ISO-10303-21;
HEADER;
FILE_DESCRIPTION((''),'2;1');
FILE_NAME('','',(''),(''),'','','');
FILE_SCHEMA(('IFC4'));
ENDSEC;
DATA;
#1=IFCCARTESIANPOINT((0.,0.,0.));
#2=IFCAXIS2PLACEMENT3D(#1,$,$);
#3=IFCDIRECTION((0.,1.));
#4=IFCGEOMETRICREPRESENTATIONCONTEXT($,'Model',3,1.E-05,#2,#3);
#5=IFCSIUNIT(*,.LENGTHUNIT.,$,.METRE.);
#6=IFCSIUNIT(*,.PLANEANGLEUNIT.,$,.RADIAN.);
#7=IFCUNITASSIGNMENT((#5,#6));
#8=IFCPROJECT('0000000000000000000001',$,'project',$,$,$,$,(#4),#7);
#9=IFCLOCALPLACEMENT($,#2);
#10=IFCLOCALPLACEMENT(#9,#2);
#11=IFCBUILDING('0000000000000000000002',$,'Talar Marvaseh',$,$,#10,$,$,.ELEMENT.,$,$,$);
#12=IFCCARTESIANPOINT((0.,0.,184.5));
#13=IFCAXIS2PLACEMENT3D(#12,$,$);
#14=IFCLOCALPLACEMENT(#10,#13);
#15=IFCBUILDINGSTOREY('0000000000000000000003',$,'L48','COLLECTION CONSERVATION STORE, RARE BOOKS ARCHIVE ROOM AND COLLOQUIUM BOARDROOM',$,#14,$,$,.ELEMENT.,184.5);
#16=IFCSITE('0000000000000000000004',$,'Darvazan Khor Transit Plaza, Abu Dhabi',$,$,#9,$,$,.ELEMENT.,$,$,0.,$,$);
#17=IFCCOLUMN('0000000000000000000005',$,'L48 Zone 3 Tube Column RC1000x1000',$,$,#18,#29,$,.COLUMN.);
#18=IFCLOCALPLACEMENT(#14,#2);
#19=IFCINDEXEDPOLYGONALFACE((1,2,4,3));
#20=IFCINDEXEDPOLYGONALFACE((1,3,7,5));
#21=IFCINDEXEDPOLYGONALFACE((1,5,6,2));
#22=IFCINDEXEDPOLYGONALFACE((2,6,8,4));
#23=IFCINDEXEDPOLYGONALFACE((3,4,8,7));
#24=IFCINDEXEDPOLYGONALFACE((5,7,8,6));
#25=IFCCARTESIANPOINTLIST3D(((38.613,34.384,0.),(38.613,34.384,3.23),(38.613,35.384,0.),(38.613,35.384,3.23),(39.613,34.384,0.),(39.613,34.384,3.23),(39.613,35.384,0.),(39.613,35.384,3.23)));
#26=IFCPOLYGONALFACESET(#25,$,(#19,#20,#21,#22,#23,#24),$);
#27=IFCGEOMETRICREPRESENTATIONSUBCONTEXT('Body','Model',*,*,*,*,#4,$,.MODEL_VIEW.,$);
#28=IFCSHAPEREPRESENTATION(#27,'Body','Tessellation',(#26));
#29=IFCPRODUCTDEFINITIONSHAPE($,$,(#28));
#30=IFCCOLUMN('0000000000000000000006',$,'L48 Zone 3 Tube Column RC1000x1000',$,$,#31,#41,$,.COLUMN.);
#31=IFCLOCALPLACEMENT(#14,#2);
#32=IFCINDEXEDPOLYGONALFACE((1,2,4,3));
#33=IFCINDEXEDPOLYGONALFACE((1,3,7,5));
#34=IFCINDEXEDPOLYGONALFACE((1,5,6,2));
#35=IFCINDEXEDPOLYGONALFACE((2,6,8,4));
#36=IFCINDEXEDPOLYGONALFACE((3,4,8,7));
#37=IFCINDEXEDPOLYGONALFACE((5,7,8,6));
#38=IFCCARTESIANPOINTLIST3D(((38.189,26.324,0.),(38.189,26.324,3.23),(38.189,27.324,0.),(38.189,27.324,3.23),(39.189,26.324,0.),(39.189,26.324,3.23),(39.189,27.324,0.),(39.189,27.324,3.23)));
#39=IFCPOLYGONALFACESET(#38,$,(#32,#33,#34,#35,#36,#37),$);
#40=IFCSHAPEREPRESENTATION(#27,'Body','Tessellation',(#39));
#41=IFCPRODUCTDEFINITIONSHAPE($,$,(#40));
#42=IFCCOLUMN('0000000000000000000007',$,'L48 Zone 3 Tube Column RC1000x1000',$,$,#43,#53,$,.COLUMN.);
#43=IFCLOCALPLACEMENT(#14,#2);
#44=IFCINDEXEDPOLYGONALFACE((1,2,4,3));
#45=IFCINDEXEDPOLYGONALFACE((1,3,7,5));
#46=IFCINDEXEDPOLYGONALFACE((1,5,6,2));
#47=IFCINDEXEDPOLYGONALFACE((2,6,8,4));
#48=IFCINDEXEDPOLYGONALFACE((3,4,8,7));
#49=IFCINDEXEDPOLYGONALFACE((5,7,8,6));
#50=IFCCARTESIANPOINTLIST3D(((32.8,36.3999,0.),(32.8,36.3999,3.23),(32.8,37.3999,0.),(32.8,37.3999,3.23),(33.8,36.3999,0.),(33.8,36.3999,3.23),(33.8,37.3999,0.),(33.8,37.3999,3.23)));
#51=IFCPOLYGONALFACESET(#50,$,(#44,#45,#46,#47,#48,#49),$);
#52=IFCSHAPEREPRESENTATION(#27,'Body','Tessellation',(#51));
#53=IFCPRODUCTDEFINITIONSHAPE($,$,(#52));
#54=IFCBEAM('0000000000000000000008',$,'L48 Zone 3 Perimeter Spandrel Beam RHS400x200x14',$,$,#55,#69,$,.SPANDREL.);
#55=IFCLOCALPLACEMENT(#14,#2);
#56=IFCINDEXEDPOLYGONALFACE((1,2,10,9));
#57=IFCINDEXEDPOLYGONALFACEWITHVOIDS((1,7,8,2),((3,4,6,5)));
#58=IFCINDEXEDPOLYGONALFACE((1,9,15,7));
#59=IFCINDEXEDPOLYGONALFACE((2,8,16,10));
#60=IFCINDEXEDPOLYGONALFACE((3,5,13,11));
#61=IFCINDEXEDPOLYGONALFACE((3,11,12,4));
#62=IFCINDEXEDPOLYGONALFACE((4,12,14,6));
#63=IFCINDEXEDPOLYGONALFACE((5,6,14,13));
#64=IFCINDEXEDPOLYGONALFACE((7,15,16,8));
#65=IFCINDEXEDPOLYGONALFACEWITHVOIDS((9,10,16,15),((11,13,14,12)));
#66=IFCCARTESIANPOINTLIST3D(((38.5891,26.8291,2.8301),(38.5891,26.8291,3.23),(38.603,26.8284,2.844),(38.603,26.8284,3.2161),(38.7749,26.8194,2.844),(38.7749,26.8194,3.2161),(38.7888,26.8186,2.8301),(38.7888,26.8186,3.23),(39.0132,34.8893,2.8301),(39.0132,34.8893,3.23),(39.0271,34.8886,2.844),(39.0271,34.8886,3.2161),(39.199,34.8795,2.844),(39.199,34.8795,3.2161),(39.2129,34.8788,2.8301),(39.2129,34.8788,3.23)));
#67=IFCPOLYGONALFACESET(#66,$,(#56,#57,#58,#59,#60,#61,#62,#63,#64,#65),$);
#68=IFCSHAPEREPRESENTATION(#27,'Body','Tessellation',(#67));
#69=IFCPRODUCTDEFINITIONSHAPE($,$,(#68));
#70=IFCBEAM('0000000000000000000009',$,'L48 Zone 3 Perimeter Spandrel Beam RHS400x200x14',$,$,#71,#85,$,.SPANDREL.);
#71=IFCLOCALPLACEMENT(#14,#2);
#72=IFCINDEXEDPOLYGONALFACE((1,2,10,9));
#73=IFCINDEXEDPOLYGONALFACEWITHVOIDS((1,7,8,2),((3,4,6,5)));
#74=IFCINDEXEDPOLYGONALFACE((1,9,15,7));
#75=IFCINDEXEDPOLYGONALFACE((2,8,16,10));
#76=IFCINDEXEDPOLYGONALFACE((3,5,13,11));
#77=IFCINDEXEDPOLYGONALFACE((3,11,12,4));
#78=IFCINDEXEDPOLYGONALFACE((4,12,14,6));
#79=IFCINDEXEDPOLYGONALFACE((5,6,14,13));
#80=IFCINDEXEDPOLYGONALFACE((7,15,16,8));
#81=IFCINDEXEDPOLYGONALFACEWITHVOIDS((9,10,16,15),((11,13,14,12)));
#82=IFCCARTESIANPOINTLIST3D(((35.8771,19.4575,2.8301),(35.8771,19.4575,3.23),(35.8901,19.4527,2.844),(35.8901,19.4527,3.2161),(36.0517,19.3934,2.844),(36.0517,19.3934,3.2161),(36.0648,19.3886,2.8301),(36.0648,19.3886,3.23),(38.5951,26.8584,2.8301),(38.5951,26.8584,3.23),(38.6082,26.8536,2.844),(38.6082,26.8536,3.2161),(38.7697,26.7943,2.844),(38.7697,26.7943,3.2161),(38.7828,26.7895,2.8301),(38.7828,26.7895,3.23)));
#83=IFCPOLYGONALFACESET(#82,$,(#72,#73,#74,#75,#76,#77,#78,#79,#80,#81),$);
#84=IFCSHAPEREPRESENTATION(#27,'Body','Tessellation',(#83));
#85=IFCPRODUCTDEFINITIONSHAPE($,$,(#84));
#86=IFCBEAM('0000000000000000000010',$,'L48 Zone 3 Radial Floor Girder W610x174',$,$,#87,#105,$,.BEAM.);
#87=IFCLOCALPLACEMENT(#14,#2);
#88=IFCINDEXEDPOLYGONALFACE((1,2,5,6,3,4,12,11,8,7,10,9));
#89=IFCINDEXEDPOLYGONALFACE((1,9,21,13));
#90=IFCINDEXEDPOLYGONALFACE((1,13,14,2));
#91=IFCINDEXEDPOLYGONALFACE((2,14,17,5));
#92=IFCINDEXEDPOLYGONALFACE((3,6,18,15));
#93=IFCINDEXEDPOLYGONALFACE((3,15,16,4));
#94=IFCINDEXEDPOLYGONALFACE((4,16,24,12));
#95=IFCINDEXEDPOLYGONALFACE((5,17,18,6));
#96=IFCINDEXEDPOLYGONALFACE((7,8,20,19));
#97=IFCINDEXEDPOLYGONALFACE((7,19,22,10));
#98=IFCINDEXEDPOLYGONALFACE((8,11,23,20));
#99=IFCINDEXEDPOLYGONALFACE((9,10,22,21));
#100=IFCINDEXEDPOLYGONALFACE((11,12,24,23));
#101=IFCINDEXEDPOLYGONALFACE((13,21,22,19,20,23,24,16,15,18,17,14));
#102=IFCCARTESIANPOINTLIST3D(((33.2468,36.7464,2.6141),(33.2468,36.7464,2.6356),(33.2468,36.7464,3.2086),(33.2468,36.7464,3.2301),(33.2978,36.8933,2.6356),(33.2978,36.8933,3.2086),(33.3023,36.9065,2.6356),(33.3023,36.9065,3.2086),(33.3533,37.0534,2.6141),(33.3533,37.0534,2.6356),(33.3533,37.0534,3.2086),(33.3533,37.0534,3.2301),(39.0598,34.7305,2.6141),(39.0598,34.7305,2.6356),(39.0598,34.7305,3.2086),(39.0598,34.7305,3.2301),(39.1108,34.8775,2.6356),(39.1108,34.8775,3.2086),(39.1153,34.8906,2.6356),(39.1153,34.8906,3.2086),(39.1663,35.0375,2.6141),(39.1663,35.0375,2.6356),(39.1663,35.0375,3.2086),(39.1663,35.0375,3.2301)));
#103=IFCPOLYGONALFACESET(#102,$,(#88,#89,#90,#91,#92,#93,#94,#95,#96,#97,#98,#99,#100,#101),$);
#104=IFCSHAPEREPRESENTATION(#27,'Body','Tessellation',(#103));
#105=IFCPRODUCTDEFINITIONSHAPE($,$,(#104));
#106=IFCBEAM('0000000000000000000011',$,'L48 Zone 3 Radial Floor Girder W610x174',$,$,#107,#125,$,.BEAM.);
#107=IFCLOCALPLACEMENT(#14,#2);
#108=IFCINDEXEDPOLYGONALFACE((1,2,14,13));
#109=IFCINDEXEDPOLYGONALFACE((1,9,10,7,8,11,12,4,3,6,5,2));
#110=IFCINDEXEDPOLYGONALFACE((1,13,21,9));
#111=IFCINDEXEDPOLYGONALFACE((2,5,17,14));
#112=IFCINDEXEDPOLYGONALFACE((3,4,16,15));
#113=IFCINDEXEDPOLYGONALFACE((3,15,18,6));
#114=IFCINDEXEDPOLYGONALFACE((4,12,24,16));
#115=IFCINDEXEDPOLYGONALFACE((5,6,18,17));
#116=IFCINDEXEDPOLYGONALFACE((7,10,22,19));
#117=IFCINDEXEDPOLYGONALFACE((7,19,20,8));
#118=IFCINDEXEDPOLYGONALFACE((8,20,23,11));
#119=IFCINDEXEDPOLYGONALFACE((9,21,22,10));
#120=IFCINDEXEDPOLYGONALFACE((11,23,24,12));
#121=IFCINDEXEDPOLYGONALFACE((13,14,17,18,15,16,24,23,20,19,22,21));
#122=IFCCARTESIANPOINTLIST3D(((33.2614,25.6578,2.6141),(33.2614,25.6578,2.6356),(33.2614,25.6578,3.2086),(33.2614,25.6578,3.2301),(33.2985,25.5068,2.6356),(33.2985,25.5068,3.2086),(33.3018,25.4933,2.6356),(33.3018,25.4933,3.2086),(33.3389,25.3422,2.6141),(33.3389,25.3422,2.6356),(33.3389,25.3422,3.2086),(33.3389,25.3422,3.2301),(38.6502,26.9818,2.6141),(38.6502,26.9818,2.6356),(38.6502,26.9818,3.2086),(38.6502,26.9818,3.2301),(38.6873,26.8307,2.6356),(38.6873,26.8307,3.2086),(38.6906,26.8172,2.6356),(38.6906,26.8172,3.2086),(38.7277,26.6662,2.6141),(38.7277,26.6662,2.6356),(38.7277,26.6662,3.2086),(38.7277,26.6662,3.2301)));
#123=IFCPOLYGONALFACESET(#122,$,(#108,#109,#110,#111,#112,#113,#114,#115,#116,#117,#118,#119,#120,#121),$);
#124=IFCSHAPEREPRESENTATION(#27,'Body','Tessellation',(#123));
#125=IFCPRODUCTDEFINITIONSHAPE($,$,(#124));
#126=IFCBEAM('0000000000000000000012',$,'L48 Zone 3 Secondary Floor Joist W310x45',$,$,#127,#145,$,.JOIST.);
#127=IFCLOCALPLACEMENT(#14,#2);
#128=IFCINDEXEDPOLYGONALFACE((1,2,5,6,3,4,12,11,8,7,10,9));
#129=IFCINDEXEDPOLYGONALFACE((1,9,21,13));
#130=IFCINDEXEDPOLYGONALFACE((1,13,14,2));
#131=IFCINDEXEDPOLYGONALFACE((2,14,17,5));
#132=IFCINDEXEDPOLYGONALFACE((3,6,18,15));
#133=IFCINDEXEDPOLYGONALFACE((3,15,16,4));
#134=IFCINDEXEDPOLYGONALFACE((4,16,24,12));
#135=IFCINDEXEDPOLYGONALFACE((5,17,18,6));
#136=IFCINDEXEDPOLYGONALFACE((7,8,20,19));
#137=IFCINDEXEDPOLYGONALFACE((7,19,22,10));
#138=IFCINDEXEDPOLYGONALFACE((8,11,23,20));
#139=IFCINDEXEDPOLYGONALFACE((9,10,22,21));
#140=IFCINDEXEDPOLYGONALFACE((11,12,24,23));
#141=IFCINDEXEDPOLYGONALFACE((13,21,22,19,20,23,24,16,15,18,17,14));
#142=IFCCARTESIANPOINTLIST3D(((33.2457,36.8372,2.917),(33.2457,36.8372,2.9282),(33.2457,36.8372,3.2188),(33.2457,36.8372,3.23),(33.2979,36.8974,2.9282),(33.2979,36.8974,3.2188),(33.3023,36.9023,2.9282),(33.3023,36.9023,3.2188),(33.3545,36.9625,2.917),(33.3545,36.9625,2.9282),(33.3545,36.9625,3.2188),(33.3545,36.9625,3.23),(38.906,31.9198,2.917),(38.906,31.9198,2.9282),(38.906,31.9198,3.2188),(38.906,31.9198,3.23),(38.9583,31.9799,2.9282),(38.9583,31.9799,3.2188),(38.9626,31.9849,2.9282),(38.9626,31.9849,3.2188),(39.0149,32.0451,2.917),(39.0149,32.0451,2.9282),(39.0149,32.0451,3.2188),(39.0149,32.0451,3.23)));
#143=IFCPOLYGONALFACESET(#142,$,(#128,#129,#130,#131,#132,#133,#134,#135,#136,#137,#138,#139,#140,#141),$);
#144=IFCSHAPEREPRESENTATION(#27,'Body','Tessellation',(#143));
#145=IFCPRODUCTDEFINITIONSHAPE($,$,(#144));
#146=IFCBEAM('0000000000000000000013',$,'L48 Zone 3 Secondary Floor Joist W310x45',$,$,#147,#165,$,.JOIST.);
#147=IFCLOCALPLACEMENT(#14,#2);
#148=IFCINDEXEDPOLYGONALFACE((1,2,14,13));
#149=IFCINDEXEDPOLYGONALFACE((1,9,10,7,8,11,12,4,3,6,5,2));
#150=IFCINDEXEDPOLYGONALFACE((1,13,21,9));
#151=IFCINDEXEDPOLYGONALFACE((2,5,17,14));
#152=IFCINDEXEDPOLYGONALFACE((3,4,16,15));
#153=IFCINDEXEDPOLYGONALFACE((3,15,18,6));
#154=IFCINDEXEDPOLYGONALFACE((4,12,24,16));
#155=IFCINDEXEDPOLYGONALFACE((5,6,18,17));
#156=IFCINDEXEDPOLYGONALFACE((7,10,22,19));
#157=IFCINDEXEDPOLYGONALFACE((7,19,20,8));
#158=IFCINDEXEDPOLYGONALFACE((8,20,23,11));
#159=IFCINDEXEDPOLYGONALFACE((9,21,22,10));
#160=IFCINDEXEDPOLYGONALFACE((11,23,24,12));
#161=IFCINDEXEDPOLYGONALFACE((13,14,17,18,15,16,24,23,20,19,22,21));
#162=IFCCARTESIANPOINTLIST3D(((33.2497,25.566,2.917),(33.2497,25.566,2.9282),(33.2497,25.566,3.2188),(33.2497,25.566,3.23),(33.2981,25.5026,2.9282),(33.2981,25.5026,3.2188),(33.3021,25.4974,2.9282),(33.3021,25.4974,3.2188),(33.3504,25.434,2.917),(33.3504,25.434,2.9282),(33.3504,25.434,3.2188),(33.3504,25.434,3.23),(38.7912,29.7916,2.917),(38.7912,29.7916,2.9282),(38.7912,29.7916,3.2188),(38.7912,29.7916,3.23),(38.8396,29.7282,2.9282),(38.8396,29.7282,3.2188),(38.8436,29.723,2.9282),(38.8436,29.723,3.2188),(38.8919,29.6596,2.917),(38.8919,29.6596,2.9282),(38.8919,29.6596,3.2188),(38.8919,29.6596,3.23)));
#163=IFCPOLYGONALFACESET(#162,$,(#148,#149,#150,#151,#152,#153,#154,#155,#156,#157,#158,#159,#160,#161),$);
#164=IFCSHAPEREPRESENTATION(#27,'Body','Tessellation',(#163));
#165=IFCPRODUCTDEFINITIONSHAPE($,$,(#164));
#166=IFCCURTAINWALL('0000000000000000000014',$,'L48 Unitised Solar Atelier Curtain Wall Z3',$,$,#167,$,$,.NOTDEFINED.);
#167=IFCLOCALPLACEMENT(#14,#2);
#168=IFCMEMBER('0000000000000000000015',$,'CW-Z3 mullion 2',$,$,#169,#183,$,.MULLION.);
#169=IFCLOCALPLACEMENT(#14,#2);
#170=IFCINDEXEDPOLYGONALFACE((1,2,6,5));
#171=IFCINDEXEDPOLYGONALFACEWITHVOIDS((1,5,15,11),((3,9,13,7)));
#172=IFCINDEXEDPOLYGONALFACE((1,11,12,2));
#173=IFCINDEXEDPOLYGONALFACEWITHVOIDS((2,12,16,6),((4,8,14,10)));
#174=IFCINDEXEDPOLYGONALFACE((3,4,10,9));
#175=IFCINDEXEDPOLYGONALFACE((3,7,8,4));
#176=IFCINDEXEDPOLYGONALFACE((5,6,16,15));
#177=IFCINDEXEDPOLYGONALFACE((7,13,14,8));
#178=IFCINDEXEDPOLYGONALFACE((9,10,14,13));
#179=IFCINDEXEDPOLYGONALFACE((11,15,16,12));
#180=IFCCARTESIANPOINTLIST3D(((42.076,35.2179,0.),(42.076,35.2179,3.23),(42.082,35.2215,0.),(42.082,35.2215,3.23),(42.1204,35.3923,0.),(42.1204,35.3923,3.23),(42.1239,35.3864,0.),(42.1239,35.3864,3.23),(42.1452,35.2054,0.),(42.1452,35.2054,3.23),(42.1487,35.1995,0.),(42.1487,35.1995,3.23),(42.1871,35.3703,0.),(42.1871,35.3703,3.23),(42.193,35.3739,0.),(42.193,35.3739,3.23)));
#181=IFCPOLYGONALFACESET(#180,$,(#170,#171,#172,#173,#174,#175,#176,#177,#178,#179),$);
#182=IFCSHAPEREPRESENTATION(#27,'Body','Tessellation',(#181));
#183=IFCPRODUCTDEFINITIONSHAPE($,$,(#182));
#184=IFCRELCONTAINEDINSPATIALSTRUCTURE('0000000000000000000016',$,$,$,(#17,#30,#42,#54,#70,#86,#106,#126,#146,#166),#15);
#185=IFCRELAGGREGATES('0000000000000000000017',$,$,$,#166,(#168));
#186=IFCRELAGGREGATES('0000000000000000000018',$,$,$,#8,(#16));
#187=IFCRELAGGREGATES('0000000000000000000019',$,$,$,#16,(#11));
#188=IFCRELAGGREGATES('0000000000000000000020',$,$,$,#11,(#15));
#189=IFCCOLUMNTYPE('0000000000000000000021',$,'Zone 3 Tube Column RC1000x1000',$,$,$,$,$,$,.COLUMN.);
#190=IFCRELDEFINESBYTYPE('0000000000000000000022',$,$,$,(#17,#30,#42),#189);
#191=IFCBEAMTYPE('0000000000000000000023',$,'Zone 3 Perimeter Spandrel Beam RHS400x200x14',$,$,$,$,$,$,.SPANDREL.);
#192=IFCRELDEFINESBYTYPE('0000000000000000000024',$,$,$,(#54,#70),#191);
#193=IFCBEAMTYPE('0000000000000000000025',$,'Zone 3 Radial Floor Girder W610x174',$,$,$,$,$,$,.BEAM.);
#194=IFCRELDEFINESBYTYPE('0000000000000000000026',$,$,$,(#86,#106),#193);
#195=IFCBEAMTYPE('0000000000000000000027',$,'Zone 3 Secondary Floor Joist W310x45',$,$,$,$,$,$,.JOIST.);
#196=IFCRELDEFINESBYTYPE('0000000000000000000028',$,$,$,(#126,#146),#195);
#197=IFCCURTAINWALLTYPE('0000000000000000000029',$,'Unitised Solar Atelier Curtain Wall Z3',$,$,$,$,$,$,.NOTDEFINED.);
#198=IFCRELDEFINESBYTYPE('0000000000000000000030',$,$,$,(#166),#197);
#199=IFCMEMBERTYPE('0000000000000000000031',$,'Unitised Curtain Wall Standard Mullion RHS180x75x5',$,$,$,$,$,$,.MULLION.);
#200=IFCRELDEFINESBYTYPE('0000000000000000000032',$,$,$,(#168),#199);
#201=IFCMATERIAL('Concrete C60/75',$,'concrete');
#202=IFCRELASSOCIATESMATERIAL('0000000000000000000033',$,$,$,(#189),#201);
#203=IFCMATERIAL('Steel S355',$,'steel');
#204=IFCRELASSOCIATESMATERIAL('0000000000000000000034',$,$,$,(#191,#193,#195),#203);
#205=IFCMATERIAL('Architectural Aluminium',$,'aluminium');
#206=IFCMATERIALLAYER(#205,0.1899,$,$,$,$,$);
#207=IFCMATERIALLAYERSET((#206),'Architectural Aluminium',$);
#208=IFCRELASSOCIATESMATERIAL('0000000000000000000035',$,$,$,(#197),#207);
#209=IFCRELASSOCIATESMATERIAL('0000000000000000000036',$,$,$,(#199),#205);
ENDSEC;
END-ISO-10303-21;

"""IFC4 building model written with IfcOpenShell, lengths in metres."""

from ifc_helpers import new_model, si_unit, direction, frame, origin, origin_2d, place, context, subcontext, project, spatial, rectangle, hollow_rectangle, i_section, extrude, source, transform, mapped, material, layer, layer_set, material_profile, profile_set, type_object, type_shapes, element, aggregate, save


model = new_model("IFC4")

# Units and contexts
model_context = context("Model", 3, precision=1e-05, world=origin(), true_north=direction((0.0, 1.0)))
body_context = subcontext(model_context, "Body", "Model", "MODEL_VIEW")
ifc_project = project(units=[si_unit("LENGTHUNIT", "METRE"), si_unit("PLANEANGLEUNIT", "RADIAN")], contexts=[model_context])

# Site, building, storey
site_placement = place(None, origin())
site = spatial("IfcSite", under=ifc_project, at=site_placement, Name="Darvazan Khor Transit Plaza, Abu Dhabi", CompositionType="ELEMENT", RefElevation=0.0)
building_placement = place(site_placement, origin())
building = spatial("IfcBuilding", under=site, at=building_placement, Name="Talar Marvaseh", CompositionType="ELEMENT")
storey_placement = place(building_placement, frame((0.0, 0.0, 184.5)))
storey = spatial("IfcBuildingStorey", under=building, at=storey_placement, Name="L48", Description="COLLECTION CONSERVATION STORE, RARE BOOKS ARCHIVE ROOM AND COLLOQUIUM BOARDROOM", CompositionType="ELEMENT", Elevation=184.5)

# Columns
ifc_material_1 = material(Name="Concrete C60/75", Category="concrete")
ifc_material_profile_1 = material_profile(ifc_material_1, rectangle(XDim=1.0, YDim=1.0, at=origin_2d()), Name="RC1000x1000")
ifc_profile_set_1 = profile_set([ifc_material_profile_1], Name="Concrete C60/75")
column_type = type_object("IfcColumnType", Name="Zone 3 Tube Column RC1000x1000", PredefinedType="COLUMN", material=ifc_profile_set_1)
for number, where, z_axis, x_axis, name in (
    (1, (39.113, 34.884, 0.0), (0.0, 0.0, 1.0), (1.0, 0.0, 0.0), "L48 Zone 3 Tube Column RC1000x1000"),
    (2, (38.689, 26.824, 0.0), (0.0, 0.0, 1.0), (1.0, 0.0, 0.0), "L48 Zone 3 Tube Column RC1000x1000"),
    (3, (33.3, 36.8999, 0.0), (0.0, 0.0, 1.0), (1.0, 0.0, 0.0), "L48 Zone 3 Tube Column RC1000x1000"),
):
    element("IfcColumn", number, at=place(storey_placement, frame(where, z_axis=z_axis, x_axis=x_axis)), inside=storey, type_object=column_type, Name=name, PredefinedType="COLUMN", context=body_context, shape_type="SweptSolid", body=[
        extrude(rectangle(XDim=1.0, YDim=1.0, at=origin_2d()), origin(), (0.0, 0.0, 1.0), 3.23),
    ])

# Beams
ifc_material_2 = material(Name="Steel S355", Category="steel")
ifc_material_profile_2 = material_profile(ifc_material_2, hollow_rectangle(XDim=0.2, YDim=0.3999, WallThickness=0.0139, at=origin_2d()), Name="RHS400x200x14")
ifc_profile_set_2 = profile_set([ifc_material_profile_2], Name="Steel S355")
beam_type_1 = type_object("IfcBeamType", Name="Zone 3 Perimeter Spandrel Beam RHS400x200x14", PredefinedType="SPANDREL", material=ifc_profile_set_2)
beam_1_placement = place(storey_placement, frame((39.113, 34.884, 3.03), z_axis=(-0.052541, -0.998619, 0.0), x_axis=(0.998619, -0.052541, 0.0)))
element("IfcBeam", 4, at=beam_1_placement, inside=storey, type_object=beam_type_1, Name="L48 Zone 3 Perimeter Spandrel Beam RHS400x200x14", PredefinedType="SPANDREL", context=body_context, shape_type="SweptSolid", body=[
    extrude(hollow_rectangle(XDim=0.2, YDim=0.3999, WallThickness=0.0139, at=origin_2d()), origin(), (0.0, 0.0, 1.0), 8.0713),
])
beam_2_placement = place(storey_placement, frame((38.689, 26.824, 3.03), z_axis=(-0.344742, -0.938697, 0.0), x_axis=(0.938697, -0.344742, 0.0)))
element("IfcBeam", 5, at=beam_2_placement, inside=storey, type_object=beam_type_1, Name="L48 Zone 3 Perimeter Spandrel Beam RHS400x200x14", PredefinedType="SPANDREL", context=body_context, shape_type="SweptSolid", body=[
    extrude(hollow_rectangle(XDim=0.2, YDim=0.3999, WallThickness=0.0139, at=origin_2d()), origin(), (0.0, 0.0, 1.0), 7.8843),
])
ifc_material_profile_3 = material_profile(ifc_material_2, i_section(OverallWidth=0.325, OverallDepth=0.616, WebThickness=0.0139, FlangeThickness=0.0215, at=origin_2d()), Name="W610x174")
ifc_profile_set_3 = profile_set([ifc_material_profile_3], Name="Steel S355")
beam_type_2 = type_object("IfcBeamType", Name="Zone 3 Radial Floor Girder W610x174", PredefinedType="BEAM", material=ifc_profile_set_3)
beam_3_placement = place(storey_placement, frame((39.113, 34.884, 2.9221), z_axis=(-0.944801, 0.327645, 0.0), x_axis=(-0.327645, -0.944801, 0.0)))
element("IfcBeam", 6, at=beam_3_placement, inside=storey, type_object=beam_type_2, Name="L48 Zone 3 Radial Floor Girder W610x174", PredefinedType="BEAM", context=body_context, shape_type="SweptSolid", body=[
    extrude(i_section(OverallWidth=0.325, OverallDepth=0.616, WebThickness=0.0139, FlangeThickness=0.0215, at=origin_2d()), origin(), (0.0, 0.0, 1.0), 6.1526),
])
beam_4_placement = place(storey_placement, frame((38.689, 26.824, 2.9221), z_axis=(-0.971121, -0.23859, 0.0), x_axis=(0.23859, -0.971121, 0.0)))
element("IfcBeam", 7, at=beam_4_placement, inside=storey, type_object=beam_type_2, Name="L48 Zone 3 Radial Floor Girder W610x174", PredefinedType="BEAM", context=body_context, shape_type="SweptSolid", body=[
    extrude(i_section(OverallWidth=0.325, OverallDepth=0.616, WebThickness=0.0139, FlangeThickness=0.0215, at=origin_2d()), origin(), (0.0, 0.0, 1.0), 5.5491),
])
ifc_material_profile_4 = material_profile(ifc_material_2, i_section(OverallWidth=0.166, OverallDepth=0.313, WebThickness=0.0066, FlangeThickness=0.0112, at=origin_2d()), Name="W310x45")
ifc_profile_set_4 = profile_set([ifc_material_profile_4], Name="Steel S355")
beam_type_3 = type_object("IfcBeamType", Name="Zone 3 Secondary Floor Joist W310x45", PredefinedType="JOIST", material=ifc_profile_set_4)
beam_5_placement = place(storey_placement, frame((38.9604, 31.9824, 3.0735), z_axis=(-0.75491, 0.655829, 0.0), x_axis=(-0.655829, -0.75491, 0.0)))
element("IfcBeam", 8, at=beam_5_placement, inside=storey, type_object=beam_type_3, Name="L48 Zone 3 Secondary Floor Joist W310x45", PredefinedType="JOIST", context=body_context, shape_type="SweptSolid", body=[
    extrude(i_section(OverallWidth=0.166, OverallDepth=0.313, WebThickness=0.0066, FlangeThickness=0.0112, at=origin_2d()), origin(), (0.0, 0.0, 1.0), 7.498),
])
beam_6_placement = place(storey_placement, frame((38.8416, 29.7256, 3.0735), z_axis=(-0.79519, -0.60636, 0.0), x_axis=(0.60636, -0.79519, 0.0)))
element("IfcBeam", 9, at=beam_6_placement, inside=storey, type_object=beam_type_3, Name="L48 Zone 3 Secondary Floor Joist W310x45", PredefinedType="JOIST", context=body_context, shape_type="SweptSolid", body=[
    extrude(i_section(OverallWidth=0.166, OverallDepth=0.313, WebThickness=0.0066, FlangeThickness=0.0112, at=origin_2d()), origin(), (0.0, 0.0, 1.0), 6.9688),
])

# Curtain wall, member
ifc_material_3 = material(Name="Architectural Aluminium", Category="aluminium")
ifc_layer_1 = layer(ifc_material_3, 0.1899)
ifc_layer_set_1 = layer_set([ifc_layer_1], Name="Architectural Aluminium")
curtain_wall_type = type_object("IfcCurtainWallType", Name="Unitised Solar Atelier Curtain Wall Z3", PredefinedType="NOTDEFINED", material=ifc_layer_set_1)
curtain_wall_1_placement = place(storey_placement, origin())
curtain_wall_1 = element("IfcCurtainWall", 10, at=curtain_wall_1_placement, inside=storey, type_object=curtain_wall_type, Name="L48 Unitised Solar Atelier Curtain Wall Z3", PredefinedType="NOTDEFINED")
ifc_material_profile_5 = material_profile(ifc_material_3, hollow_rectangle(XDim=0.075, YDim=0.1799, WallThickness=0.0049, at=origin_2d()), Name="RHS180x75x5")
ifc_profile_set_5 = profile_set([ifc_material_profile_5], Name="Architectural Aluminium")
member_type_1 = type_object("IfcMemberType", Name="Unitised Curtain Wall Standard Mullion RHS180x75x5", PredefinedType="MULLION", material=ifc_profile_set_5)
shared_shape_1 = source(origin(), body_context, "Body", "SweptSolid", [
    extrude(hollow_rectangle(XDim=0.075, YDim=0.1799, WallThickness=0.0049, at=origin_2d()), origin(), (0.0, 0.0, 1.0), 3.23),
])
type_shapes(member_type_1, [shared_shape_1])
member_1_placement = place(storey_placement, frame((42.1345, 35.2959, 0.0), z_axis=(0.0, 0.0, 1.0), x_axis=(0.969192, -0.246306, 0.0)))
member_1 = element("IfcMember", 11, at=member_1_placement, type_object=member_type_1, Name="CW-Z3 mullion 2", PredefinedType="MULLION", context=body_context, shape_type="MappedRepresentation", body=[
    mapped(shared_shape_1, transform((0.0, 0.0, 0.0), x_axis=(1.0, 0.0, 0.0), y_axis=(0.0, 1.0, 0.0), z_axis=(0.0, 0.0, 1.0), scale=1.0)),
])

aggregate(curtain_wall_1, [member_1])

save(model, "model.ifc")
